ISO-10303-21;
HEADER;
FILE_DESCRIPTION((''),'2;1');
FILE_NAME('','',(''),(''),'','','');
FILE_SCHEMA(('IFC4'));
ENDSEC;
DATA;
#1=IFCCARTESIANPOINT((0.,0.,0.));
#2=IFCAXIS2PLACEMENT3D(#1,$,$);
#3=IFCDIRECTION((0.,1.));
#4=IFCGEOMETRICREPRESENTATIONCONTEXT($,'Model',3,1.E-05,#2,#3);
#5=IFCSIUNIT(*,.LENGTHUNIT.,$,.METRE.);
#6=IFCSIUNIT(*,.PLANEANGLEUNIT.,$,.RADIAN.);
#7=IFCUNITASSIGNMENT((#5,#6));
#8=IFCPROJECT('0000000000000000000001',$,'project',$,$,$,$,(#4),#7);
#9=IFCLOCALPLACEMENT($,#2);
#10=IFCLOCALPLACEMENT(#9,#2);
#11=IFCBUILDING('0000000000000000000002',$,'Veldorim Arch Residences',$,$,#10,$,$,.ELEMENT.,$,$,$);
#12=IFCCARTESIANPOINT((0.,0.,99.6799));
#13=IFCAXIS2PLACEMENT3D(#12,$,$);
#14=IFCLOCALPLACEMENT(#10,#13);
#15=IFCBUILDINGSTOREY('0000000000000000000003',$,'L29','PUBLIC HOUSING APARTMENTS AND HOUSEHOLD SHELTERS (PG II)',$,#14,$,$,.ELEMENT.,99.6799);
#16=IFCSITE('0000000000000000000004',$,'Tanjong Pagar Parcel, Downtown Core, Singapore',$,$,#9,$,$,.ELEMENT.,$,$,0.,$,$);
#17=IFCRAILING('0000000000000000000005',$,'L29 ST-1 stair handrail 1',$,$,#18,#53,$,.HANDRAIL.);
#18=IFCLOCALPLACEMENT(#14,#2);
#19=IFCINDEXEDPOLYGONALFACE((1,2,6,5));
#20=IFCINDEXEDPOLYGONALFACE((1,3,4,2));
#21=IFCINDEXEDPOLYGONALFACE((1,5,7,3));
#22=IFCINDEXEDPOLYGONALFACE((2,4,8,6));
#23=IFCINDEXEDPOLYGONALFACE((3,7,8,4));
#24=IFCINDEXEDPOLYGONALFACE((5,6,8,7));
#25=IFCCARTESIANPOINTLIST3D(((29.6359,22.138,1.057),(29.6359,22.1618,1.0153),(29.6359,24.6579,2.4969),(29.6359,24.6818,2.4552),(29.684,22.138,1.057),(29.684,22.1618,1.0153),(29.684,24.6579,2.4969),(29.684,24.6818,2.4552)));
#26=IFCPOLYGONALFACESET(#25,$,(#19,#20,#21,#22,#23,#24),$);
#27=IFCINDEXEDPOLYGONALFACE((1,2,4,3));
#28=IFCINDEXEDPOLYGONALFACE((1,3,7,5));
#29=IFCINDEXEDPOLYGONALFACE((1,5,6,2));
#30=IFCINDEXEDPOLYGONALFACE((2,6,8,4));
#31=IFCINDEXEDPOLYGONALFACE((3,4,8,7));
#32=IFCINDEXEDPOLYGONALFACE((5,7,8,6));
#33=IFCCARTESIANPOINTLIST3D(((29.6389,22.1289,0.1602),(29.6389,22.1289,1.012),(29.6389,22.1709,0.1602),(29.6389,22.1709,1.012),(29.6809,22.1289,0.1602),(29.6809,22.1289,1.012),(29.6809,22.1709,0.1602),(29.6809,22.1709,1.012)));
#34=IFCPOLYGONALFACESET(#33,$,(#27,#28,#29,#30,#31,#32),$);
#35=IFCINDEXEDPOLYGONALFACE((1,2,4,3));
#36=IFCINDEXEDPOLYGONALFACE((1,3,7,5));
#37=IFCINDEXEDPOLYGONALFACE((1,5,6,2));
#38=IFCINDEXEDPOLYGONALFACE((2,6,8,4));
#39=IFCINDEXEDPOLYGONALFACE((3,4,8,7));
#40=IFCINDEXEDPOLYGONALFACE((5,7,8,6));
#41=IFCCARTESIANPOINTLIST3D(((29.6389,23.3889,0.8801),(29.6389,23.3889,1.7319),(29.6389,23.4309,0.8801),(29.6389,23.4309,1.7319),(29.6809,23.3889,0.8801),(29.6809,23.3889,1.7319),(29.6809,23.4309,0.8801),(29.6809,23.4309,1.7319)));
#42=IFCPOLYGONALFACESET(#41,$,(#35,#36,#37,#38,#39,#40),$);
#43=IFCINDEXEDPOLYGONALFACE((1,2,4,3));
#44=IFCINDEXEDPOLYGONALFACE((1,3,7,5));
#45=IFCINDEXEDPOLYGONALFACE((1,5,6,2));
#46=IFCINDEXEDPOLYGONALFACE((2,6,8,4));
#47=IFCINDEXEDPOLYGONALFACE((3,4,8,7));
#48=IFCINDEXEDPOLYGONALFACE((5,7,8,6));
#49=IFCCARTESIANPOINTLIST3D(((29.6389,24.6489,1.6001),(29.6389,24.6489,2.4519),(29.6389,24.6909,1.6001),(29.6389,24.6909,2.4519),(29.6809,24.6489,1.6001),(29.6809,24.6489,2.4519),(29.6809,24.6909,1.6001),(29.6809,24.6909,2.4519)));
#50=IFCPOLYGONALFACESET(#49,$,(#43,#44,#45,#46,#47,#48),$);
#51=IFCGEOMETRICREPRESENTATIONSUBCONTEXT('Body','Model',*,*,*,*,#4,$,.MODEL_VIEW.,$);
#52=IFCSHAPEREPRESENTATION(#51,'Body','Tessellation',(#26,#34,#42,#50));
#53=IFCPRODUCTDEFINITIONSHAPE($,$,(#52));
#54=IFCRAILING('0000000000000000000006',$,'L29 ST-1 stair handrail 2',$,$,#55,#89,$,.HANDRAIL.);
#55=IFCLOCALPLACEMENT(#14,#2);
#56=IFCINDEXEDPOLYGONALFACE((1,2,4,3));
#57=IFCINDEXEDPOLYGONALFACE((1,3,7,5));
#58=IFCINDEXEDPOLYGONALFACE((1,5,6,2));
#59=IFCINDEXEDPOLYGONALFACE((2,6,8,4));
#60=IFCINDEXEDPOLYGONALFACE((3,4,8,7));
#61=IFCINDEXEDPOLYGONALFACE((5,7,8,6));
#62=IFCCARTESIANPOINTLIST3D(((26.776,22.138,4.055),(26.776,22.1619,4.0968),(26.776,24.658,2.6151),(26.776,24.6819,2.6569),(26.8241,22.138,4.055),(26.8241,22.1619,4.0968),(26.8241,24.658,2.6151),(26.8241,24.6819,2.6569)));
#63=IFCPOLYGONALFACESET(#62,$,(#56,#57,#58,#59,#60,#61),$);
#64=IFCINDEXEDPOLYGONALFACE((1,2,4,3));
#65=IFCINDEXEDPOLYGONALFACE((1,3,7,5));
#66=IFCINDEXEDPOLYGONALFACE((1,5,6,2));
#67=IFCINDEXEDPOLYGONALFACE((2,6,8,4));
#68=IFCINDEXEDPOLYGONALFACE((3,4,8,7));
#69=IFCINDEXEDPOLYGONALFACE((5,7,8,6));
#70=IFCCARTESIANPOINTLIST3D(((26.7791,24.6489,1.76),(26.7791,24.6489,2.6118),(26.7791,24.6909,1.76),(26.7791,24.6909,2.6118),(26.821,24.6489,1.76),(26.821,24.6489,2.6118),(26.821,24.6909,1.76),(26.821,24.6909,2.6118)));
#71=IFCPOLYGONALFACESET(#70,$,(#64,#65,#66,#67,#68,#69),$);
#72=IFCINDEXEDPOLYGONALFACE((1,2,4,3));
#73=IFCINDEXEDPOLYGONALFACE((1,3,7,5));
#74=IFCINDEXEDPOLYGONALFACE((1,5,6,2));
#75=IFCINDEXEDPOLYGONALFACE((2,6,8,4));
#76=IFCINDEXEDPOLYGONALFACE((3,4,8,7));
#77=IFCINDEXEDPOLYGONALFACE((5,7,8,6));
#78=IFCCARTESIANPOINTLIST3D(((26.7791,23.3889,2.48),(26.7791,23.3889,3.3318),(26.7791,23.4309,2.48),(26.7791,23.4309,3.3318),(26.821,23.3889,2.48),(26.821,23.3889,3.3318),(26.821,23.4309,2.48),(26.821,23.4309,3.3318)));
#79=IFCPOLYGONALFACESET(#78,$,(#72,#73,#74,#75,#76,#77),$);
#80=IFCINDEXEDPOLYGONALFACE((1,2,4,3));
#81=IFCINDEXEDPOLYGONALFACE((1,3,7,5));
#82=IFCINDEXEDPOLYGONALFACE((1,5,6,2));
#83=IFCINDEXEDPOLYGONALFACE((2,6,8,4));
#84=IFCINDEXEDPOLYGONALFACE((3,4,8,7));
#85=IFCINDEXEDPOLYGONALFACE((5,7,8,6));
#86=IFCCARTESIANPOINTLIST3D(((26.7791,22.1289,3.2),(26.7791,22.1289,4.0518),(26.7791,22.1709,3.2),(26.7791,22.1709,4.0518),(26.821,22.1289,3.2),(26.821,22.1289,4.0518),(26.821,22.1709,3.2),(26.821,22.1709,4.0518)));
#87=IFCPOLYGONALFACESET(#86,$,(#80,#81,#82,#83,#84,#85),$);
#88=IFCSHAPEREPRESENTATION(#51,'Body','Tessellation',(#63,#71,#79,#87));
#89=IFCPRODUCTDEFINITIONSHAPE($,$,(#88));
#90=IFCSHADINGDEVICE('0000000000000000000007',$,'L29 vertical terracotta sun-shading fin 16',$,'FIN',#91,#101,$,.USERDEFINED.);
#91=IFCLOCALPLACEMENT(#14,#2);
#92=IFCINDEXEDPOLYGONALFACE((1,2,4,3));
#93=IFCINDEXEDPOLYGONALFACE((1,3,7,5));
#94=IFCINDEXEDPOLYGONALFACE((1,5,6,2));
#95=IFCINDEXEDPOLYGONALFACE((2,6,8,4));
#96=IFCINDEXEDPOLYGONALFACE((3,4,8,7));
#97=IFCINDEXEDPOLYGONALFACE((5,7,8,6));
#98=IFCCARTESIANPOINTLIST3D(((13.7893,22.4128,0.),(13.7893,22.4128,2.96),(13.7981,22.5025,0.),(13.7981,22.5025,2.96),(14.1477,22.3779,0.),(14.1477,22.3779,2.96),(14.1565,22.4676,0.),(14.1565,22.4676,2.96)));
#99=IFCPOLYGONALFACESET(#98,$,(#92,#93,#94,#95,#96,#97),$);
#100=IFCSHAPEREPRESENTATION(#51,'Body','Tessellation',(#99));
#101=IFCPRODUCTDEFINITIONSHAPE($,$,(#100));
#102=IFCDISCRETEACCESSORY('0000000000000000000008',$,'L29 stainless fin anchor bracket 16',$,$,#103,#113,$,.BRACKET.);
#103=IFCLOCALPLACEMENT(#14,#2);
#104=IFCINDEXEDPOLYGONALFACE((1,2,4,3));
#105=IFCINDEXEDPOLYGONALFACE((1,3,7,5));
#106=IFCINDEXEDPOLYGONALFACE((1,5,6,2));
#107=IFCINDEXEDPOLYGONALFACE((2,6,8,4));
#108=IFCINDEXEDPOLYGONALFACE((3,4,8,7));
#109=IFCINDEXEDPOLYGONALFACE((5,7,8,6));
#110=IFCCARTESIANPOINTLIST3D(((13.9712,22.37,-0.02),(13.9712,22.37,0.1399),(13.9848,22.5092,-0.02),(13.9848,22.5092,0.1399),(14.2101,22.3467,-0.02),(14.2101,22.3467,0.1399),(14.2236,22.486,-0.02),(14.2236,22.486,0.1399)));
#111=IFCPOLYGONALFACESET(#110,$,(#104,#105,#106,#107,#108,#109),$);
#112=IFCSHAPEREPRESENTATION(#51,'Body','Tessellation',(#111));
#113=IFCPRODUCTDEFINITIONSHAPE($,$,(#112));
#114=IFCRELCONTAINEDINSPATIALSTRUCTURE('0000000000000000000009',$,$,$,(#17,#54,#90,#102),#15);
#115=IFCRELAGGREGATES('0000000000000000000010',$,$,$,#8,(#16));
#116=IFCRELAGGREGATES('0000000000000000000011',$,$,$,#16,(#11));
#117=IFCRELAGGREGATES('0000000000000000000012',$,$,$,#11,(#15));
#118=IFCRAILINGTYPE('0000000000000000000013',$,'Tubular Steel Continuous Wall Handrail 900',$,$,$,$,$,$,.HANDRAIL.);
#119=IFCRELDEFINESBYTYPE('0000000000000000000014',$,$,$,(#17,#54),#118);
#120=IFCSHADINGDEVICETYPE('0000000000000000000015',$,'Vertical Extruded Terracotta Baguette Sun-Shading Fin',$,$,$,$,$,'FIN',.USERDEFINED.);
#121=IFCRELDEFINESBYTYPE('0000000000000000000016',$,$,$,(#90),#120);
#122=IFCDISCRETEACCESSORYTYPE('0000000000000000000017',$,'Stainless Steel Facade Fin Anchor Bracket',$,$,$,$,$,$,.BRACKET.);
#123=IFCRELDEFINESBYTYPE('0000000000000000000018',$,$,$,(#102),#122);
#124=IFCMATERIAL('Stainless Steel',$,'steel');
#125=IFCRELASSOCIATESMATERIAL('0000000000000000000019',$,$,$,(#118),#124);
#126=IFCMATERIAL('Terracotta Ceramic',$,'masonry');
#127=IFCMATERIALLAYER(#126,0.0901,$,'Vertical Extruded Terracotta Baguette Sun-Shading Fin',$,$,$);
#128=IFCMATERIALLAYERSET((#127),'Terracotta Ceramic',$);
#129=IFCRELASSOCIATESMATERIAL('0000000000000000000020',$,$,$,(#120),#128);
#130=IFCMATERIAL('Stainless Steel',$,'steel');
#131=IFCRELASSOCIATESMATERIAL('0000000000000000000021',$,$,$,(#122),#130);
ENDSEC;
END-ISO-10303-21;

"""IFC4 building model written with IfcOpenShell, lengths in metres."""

from ifc_helpers import new_model, si_unit, direction, frame, origin, origin_2d, place, context, subcontext, project, spatial, rectangle, extrude, material, layer, layer_set, type_object, element, save


model = new_model("IFC4")

# Units and contexts
model_context = context("Model", 3, precision=1e-05, world=origin(), true_north=direction((0.0, 1.0)))
body_context = subcontext(model_context, "Body", "Model", "MODEL_VIEW")
ifc_project = project(units=[si_unit("LENGTHUNIT", "METRE"), si_unit("PLANEANGLEUNIT", "RADIAN")], contexts=[model_context])

# Site, building, storey
site_placement = place(None, origin())
site = spatial("IfcSite", under=ifc_project, at=site_placement, Name="Tanjong Pagar Parcel, Downtown Core, Singapore", CompositionType="ELEMENT", RefElevation=0.0)
building_placement = place(site_placement, origin())
building = spatial("IfcBuilding", under=site, at=building_placement, Name="Veldorim Arch Residences", CompositionType="ELEMENT")
storey_placement = place(building_placement, frame((0.0, 0.0, 99.6799)))
storey = spatial("IfcBuildingStorey", under=building, at=storey_placement, Name="L29", Description="PUBLIC HOUSING APARTMENTS AND HOUSEHOLD SHELTERS (PG II)", CompositionType="ELEMENT", Elevation=99.6799)

# Railings
ifc_material_1 = material(Name="Stainless Steel", Category="steel")
railing_type_1 = type_object("IfcRailingType", Name="Tubular Steel Continuous Wall Handrail 900", PredefinedType="HANDRAIL", material=ifc_material_1)
railing_1_placement = place(storey_placement, frame((29.6599, 22.1499, 0.1602)))
element("IfcRailing", 1, at=railing_1_placement, inside=storey, type_object=railing_type_1, Name="L29 ST-1 stair handrail 1", PredefinedType="HANDRAIL", context=body_context, shape_type="SweptSolid", body=[
    extrude(rectangle(XDim=0.0481, YDim=0.0481, at=origin_2d()), frame((0.0, 0.0, 0.876), z_axis=(0.0, 0.868253, 0.496121), x_axis=(-1.0, 0.0, 0.0)), (0.0, 0.0, 1.0), 2.9023),
    extrude(rectangle(XDim=0.042, YDim=0.042, at=origin_2d()), origin(), (0.0, 0.0, 1.0), 0.8518),
    extrude(rectangle(XDim=0.042, YDim=0.042, at=origin_2d()), frame((0.0, 1.26, 0.72)), (0.0, 0.0, 1.0), 0.8518),
    extrude(rectangle(XDim=0.042, YDim=0.042, at=origin_2d()), frame((0.0, 2.52, 1.4399)), (0.0, 0.0, 1.0), 0.8518),
])
railing_2_placement = place(storey_placement, frame((26.8, 24.6699, 1.76)))
element("IfcRailing", 2, at=railing_2_placement, inside=storey, type_object=railing_type_1, Name="L29 ST-1 stair handrail 2", PredefinedType="HANDRAIL", context=body_context, shape_type="SweptSolid", body=[
    extrude(rectangle(XDim=0.0481, YDim=0.0481, at=origin_2d()), frame((0.0, 0.0, 0.876), z_axis=(0.0, -0.868253, 0.496121), x_axis=(1.0, 0.0, 0.0)), (0.0, 0.0, 1.0), 2.9023),
    extrude(rectangle(XDim=0.042, YDim=0.042, at=origin_2d()), origin(), (0.0, 0.0, 1.0), 0.8518),
    extrude(rectangle(XDim=0.042, YDim=0.042, at=origin_2d()), frame((0.0, -1.26, 0.72)), (0.0, 0.0, 1.0), 0.8518),
    extrude(rectangle(XDim=0.042, YDim=0.042, at=origin_2d()), frame((0.0, -2.52, 1.4399)), (0.0, 0.0, 1.0), 0.8518),
])

# Shading device
ifc_material_2 = material(Name="Terracotta Ceramic", Category="masonry")
ifc_layer_1 = layer(ifc_material_2, 0.0901, Name="Vertical Extruded Terracotta Baguette Sun-Shading Fin")
ifc_layer_set_1 = layer_set([ifc_layer_1], Name="Terracotta Ceramic")
shading_device_type = type_object("IfcShadingDeviceType", Name="Vertical Extruded Terracotta Baguette Sun-Shading Fin", ElementType="FIN", PredefinedType="USERDEFINED", material=ifc_layer_set_1)
shading_device_placement = place(storey_placement, frame((13.9729, 22.4402, 0.0), z_axis=(0.0, 0.0, 1.0), x_axis=(0.096888, 0.995295, 0.0)))
element("IfcShadingDevice", 3, at=shading_device_placement, inside=storey, type_object=shading_device_type, Name="L29 vertical terracotta sun-shading fin 16", ObjectType="FIN", PredefinedType="USERDEFINED", context=body_context, shape_type="SweptSolid", body=[
    extrude(rectangle(XDim=0.0901, YDim=0.3601, at=origin_2d()), origin(), (0.0, 0.0, 1.0), 2.96),
])

# Discrete accessory
ifc_material_3 = material(Name="Stainless Steel", Category="steel")
discrete_accessory_type = type_object("IfcDiscreteAccessoryType", Name="Stainless Steel Facade Fin Anchor Bracket", PredefinedType="BRACKET", material=ifc_material_3)
discrete_accessory_placement = place(storey_placement, frame((14.0974, 22.428, -0.02), z_axis=(0.0, 0.0, 1.0), x_axis=(0.096888, 0.995295, 0.0)))
element("IfcDiscreteAccessory", 4, at=discrete_accessory_placement, inside=storey, type_object=discrete_accessory_type, Name="L29 stainless fin anchor bracket 16", PredefinedType="BRACKET", context=body_context, shape_type="SweptSolid", body=[
    extrude(rectangle(XDim=0.1399, YDim=0.24, at=origin_2d()), origin(), (0.0, 0.0, 1.0), 0.1599),
])

save(model, "model.ifc")
